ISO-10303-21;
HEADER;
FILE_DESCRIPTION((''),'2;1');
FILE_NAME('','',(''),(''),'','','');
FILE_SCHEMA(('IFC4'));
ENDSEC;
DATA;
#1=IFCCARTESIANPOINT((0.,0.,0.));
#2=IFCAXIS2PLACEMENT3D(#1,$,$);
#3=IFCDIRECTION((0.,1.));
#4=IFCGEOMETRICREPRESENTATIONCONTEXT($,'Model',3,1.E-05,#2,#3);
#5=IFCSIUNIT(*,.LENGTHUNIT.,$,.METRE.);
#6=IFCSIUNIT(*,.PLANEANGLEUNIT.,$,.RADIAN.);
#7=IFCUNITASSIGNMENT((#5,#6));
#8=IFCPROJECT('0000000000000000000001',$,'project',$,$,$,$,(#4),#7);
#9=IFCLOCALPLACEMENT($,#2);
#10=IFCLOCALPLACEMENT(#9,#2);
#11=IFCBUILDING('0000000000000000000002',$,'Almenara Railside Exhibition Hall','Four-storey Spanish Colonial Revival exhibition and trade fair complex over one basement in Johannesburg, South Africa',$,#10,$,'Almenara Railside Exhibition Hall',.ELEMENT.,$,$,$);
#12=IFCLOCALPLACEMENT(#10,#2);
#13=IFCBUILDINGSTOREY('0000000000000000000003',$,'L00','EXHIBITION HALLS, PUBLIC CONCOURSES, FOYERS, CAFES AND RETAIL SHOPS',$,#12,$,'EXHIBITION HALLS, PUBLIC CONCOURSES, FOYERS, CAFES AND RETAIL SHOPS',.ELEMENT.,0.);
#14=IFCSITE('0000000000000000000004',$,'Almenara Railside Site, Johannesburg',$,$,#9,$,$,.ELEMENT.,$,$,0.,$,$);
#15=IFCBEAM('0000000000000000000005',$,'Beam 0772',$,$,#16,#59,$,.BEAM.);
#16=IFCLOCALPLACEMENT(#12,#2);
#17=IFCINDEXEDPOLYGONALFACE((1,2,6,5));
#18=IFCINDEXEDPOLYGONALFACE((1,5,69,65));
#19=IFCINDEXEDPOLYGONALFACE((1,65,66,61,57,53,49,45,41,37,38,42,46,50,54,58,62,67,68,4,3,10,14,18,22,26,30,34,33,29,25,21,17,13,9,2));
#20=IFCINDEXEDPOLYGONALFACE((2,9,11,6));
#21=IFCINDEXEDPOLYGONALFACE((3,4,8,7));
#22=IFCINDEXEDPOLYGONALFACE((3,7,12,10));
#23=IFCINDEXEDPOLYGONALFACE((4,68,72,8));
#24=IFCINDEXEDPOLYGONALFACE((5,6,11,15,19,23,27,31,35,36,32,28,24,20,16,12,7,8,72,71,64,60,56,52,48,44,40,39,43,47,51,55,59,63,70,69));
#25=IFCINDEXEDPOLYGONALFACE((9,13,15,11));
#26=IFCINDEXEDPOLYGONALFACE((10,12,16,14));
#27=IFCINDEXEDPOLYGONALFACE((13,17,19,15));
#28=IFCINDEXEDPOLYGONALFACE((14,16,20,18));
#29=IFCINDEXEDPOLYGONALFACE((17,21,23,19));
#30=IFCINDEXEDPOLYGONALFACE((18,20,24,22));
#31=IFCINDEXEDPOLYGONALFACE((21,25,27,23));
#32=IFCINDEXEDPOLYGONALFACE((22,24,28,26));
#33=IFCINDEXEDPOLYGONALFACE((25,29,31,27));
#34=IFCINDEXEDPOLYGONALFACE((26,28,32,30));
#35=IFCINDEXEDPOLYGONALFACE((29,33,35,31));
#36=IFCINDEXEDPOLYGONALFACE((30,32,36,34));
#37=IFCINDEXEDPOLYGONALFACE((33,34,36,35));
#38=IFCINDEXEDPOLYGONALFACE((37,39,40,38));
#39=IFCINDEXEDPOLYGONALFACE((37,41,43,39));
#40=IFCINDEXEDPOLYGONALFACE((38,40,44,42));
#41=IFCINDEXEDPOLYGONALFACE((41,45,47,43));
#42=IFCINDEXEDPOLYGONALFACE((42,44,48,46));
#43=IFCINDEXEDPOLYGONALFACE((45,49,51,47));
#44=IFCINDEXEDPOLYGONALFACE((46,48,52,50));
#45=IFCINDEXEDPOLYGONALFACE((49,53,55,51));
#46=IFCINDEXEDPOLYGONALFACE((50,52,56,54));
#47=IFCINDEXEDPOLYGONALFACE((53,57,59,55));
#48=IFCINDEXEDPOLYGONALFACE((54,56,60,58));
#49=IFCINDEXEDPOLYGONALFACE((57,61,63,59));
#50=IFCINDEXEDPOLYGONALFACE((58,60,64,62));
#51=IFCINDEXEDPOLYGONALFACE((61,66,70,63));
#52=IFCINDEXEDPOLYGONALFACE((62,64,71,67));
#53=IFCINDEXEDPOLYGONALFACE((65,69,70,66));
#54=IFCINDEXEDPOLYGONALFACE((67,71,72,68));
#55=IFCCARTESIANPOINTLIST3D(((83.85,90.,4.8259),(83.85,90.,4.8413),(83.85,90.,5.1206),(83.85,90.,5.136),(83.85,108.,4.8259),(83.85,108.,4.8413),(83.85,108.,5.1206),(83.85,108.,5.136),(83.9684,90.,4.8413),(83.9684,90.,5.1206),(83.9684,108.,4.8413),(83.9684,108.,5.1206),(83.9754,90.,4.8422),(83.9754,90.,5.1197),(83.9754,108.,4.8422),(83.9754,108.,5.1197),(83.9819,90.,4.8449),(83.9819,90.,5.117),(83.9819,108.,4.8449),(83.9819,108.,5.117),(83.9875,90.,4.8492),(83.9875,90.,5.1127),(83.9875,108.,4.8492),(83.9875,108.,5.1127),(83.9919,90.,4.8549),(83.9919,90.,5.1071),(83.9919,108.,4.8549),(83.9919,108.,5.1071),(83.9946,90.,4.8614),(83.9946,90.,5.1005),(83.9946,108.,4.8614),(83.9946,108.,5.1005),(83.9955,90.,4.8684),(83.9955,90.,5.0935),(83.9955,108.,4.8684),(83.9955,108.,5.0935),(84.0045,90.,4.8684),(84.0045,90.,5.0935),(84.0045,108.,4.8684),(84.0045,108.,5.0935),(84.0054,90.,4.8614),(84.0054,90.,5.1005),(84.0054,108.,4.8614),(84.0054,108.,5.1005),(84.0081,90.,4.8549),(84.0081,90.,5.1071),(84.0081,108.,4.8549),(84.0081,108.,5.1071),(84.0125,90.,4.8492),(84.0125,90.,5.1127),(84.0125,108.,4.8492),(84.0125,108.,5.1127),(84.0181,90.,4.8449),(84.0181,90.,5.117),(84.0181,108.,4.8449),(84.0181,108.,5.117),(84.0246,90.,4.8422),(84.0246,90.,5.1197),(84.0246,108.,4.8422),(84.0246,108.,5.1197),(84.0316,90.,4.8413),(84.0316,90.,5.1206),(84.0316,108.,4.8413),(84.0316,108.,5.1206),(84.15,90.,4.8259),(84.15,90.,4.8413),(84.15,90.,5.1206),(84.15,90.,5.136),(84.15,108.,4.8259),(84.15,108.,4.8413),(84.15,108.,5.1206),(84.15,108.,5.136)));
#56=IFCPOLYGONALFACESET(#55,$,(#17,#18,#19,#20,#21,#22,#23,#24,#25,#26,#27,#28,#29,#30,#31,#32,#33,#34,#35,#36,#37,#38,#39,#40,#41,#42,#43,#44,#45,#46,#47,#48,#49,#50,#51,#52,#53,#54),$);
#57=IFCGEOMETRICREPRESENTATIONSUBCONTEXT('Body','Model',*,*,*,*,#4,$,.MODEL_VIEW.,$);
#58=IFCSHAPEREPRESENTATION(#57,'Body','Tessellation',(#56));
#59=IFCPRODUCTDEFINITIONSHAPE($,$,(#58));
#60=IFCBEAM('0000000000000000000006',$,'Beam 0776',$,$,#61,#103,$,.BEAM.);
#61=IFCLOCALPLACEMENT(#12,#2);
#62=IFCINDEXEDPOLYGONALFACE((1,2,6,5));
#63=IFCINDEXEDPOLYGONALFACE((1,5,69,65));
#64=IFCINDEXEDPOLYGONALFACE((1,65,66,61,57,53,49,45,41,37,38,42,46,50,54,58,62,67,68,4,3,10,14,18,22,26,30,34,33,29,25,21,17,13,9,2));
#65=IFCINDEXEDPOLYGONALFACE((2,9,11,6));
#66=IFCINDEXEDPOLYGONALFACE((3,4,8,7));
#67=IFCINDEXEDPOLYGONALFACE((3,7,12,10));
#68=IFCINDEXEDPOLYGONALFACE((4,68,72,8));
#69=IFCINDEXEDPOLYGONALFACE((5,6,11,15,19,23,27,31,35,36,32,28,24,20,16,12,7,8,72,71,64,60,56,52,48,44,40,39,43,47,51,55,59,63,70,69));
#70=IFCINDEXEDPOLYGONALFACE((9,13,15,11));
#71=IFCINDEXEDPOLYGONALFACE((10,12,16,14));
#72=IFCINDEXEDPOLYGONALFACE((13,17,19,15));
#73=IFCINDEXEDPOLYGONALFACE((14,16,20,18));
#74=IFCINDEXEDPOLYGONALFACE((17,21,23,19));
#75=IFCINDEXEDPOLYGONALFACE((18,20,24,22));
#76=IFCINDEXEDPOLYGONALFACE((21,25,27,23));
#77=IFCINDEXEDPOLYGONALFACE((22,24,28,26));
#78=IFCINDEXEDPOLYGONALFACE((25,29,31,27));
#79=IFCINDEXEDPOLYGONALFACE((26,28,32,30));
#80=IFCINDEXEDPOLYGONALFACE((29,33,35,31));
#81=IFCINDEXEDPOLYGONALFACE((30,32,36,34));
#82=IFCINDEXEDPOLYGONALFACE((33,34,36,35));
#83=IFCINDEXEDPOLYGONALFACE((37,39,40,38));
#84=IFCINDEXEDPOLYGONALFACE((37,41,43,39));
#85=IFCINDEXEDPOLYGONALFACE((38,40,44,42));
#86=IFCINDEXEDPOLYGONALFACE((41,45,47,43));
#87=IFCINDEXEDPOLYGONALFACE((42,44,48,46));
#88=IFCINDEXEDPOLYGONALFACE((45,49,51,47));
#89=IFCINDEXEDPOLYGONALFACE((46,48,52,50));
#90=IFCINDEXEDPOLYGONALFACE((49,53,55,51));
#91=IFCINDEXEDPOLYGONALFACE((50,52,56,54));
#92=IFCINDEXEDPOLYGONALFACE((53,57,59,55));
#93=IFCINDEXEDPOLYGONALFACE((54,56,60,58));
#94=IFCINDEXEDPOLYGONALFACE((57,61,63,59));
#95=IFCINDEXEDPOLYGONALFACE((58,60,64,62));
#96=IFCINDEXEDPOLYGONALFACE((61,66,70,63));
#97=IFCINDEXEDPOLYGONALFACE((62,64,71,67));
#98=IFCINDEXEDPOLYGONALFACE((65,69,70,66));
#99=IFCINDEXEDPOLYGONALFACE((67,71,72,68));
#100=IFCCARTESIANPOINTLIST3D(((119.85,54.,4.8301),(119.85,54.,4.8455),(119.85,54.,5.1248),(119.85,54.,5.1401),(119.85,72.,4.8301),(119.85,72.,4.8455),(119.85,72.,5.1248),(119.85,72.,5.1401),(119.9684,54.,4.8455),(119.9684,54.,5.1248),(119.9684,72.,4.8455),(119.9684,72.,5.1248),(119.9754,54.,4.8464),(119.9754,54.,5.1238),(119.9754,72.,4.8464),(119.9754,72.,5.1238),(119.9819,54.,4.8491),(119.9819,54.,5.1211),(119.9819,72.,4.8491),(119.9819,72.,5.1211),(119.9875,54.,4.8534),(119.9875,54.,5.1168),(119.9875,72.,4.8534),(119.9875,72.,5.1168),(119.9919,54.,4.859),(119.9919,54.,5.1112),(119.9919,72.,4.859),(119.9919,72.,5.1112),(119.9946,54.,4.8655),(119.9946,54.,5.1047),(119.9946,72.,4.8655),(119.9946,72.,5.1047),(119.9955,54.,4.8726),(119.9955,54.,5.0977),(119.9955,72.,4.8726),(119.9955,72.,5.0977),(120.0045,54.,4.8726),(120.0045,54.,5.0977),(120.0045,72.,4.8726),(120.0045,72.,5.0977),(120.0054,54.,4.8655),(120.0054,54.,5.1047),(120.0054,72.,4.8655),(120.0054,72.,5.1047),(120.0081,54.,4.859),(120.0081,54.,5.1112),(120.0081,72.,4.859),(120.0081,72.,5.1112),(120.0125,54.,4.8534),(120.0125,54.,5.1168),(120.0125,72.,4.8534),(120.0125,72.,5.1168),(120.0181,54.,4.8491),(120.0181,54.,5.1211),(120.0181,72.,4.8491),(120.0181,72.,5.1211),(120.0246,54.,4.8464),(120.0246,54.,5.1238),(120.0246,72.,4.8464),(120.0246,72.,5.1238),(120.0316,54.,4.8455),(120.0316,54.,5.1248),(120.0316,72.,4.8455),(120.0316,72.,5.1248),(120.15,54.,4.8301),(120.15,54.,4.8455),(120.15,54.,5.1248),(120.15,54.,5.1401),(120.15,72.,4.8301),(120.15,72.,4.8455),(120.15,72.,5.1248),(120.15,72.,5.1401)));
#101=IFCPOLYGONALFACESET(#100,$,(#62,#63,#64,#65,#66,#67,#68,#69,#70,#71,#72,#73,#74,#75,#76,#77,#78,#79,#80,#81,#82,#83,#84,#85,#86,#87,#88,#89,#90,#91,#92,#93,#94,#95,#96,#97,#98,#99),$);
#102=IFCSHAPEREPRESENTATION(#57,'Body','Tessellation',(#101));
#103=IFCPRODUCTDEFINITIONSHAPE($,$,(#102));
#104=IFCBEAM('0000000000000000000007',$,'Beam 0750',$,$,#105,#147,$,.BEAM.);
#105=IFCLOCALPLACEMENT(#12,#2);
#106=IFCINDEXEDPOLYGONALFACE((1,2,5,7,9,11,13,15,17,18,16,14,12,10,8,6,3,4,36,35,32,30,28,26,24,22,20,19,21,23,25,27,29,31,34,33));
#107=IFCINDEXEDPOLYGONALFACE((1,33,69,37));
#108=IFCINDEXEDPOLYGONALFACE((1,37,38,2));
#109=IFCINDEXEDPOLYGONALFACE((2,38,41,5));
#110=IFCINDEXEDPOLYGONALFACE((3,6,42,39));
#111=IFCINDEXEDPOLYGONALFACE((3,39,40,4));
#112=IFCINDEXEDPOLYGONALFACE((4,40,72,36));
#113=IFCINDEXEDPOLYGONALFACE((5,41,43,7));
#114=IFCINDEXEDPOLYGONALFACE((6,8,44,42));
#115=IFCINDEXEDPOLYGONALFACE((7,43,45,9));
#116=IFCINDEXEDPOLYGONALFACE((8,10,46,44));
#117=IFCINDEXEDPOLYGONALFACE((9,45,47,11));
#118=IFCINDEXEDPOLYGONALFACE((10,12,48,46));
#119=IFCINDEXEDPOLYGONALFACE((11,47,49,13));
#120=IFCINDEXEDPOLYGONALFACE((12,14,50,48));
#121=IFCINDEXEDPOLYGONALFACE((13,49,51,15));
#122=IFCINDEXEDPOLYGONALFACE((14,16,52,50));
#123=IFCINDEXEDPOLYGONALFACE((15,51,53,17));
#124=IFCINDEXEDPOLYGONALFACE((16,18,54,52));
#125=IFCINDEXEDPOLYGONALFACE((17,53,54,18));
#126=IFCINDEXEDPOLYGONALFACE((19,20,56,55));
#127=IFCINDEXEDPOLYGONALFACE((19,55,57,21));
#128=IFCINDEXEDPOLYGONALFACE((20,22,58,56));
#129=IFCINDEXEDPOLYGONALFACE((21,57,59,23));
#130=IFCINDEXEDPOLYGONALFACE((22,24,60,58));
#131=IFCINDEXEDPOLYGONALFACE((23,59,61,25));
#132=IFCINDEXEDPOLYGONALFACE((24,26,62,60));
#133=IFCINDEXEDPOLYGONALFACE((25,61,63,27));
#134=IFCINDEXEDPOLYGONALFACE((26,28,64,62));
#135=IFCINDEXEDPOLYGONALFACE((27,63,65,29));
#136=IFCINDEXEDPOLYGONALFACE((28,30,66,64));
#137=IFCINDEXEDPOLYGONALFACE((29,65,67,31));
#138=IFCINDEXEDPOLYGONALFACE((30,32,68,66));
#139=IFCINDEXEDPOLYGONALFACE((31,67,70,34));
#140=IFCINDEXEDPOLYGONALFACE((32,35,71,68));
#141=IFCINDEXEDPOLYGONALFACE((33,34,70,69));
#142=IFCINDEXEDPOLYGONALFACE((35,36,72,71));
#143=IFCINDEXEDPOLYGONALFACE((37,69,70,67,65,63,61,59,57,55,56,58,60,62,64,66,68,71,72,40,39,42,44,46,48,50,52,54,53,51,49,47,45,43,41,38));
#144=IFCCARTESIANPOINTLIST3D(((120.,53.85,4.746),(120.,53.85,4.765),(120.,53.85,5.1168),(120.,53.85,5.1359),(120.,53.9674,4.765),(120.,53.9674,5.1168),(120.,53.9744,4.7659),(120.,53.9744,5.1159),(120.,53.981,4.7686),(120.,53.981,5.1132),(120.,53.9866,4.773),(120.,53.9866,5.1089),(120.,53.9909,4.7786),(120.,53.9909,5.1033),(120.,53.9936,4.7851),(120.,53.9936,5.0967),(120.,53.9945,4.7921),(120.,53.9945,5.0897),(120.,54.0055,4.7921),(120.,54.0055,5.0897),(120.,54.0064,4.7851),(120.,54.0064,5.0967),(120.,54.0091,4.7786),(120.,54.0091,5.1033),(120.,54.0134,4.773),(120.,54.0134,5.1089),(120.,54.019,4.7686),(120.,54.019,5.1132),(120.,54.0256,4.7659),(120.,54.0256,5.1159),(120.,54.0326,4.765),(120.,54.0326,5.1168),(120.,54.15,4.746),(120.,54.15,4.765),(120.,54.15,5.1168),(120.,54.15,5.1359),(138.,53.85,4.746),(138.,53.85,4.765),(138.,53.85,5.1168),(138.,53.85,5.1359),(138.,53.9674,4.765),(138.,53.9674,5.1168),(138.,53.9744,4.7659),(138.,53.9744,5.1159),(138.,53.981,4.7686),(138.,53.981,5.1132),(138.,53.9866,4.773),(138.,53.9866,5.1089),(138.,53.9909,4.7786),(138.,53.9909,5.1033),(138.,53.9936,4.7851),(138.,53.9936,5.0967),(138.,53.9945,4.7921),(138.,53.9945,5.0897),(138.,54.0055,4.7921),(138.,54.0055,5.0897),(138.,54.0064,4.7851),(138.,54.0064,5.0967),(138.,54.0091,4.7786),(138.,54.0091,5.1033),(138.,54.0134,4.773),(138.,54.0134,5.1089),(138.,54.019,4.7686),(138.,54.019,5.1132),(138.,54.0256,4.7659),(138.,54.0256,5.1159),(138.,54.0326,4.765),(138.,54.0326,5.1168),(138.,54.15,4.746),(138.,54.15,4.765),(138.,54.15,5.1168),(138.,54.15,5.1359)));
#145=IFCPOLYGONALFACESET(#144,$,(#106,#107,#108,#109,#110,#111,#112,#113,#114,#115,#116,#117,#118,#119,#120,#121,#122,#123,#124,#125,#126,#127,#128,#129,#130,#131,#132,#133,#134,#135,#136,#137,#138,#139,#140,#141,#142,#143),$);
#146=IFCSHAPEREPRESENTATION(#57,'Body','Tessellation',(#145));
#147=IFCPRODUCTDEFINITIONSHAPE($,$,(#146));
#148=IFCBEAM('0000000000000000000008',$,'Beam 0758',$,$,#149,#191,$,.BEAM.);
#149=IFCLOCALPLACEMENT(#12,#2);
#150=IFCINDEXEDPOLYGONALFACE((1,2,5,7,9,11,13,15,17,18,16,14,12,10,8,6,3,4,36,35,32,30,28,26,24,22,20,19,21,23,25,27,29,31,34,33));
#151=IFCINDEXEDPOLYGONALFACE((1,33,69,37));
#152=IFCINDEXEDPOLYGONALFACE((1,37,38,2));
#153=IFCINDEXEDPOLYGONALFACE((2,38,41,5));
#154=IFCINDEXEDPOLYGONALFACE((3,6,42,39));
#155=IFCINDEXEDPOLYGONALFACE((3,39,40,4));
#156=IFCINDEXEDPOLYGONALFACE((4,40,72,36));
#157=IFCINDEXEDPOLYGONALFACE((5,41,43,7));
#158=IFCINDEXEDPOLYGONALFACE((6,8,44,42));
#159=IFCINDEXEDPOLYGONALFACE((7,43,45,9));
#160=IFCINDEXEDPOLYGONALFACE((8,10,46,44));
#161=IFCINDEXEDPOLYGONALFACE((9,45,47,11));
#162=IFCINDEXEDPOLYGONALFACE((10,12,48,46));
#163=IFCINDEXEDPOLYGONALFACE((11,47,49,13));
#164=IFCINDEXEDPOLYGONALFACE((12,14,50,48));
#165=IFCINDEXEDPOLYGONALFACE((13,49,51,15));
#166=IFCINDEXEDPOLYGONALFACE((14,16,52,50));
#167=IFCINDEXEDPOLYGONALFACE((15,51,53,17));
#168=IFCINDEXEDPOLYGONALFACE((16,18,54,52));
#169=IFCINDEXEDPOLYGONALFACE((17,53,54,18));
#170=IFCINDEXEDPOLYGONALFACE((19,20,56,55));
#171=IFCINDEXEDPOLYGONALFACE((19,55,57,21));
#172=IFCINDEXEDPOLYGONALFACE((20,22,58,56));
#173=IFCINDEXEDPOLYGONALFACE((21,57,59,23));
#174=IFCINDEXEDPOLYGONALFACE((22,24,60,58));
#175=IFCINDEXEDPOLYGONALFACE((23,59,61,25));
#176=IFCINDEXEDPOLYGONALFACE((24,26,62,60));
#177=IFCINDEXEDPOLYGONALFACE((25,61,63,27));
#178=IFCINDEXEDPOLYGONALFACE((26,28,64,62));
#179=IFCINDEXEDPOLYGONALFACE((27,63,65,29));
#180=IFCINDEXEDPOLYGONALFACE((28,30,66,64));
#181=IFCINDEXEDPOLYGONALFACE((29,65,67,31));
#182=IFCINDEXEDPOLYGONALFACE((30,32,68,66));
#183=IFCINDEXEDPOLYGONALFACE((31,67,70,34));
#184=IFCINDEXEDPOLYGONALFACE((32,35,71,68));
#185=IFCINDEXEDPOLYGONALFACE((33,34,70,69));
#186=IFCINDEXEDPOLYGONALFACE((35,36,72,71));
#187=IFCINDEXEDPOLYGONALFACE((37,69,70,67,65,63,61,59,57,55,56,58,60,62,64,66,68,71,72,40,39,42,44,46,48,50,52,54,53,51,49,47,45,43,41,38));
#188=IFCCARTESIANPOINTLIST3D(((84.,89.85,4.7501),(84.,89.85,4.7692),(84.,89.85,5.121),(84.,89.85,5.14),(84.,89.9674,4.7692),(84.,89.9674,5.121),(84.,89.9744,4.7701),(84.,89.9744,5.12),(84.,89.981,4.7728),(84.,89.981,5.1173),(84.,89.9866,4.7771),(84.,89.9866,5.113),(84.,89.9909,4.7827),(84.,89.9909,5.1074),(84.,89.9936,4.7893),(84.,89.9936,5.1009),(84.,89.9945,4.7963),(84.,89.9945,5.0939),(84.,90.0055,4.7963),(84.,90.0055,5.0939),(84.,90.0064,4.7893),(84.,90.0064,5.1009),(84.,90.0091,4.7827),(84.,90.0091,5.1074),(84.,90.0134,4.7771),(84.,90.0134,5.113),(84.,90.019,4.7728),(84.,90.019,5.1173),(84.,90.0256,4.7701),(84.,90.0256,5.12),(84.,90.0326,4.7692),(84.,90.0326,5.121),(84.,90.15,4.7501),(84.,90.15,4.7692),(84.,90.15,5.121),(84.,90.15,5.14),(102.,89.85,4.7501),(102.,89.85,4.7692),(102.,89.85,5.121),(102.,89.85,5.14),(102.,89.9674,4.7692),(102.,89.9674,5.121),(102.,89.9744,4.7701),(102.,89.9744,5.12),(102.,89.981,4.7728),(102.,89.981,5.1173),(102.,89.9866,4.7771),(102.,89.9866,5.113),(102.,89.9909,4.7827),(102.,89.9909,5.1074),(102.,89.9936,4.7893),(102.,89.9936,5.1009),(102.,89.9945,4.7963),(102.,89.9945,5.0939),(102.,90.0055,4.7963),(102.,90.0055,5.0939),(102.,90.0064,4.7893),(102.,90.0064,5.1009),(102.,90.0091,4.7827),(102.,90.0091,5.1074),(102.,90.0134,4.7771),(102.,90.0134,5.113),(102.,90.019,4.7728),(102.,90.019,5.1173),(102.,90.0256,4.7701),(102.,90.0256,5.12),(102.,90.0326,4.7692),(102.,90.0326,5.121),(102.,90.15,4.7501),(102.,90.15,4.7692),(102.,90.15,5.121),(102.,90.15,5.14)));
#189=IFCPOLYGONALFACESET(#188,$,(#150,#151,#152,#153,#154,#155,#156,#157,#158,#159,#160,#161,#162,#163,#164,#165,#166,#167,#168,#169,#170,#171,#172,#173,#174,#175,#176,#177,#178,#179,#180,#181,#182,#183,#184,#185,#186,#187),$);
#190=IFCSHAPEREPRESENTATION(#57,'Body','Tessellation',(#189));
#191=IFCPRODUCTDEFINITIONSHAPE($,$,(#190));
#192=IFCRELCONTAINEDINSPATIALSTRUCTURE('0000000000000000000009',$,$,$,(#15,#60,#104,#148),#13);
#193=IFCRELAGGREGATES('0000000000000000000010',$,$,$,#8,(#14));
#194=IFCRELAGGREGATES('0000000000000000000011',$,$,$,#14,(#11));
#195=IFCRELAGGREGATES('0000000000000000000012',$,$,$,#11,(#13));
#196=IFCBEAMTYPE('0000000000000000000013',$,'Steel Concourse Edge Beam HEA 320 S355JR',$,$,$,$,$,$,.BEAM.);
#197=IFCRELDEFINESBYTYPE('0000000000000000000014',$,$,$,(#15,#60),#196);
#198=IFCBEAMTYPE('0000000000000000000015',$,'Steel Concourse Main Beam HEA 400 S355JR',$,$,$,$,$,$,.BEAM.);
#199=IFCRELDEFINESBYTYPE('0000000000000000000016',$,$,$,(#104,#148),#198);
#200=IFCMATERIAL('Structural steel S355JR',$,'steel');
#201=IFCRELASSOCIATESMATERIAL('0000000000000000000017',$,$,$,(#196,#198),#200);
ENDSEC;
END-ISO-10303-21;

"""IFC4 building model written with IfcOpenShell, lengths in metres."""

from ifc_helpers import new_model, si_unit, direction, frame, origin, origin_2d, place, context, subcontext, project, spatial, i_section, extrude, material, material_profile, profile_set, type_object, element, save


model = new_model("IFC4")

# Units and contexts
model_context = context("Model", 3, precision=1e-05, world=origin(), true_north=direction((0.0, 1.0)))
body_context = subcontext(model_context, "Body", "Model", "MODEL_VIEW")
ifc_project = project(units=[si_unit("LENGTHUNIT", "METRE"), si_unit("PLANEANGLEUNIT", "RADIAN")], contexts=[model_context])

# Site, building, storey
site_placement = place(None, origin())
site = spatial("IfcSite", under=ifc_project, at=site_placement, Name="Almenara Railside Site, Johannesburg", CompositionType="ELEMENT", RefElevation=0.0)
building_placement = place(site_placement, origin())
building = spatial("IfcBuilding", under=site, at=building_placement, Name="Almenara Railside Exhibition Hall", Description="Four-storey Spanish Colonial Revival exhibition and trade fair complex over one basement in Johannesburg, South Africa", LongName="Almenara Railside Exhibition Hall", CompositionType="ELEMENT")
storey_placement = place(building_placement, origin())
storey = spatial("IfcBuildingStorey", under=building, at=storey_placement, Name="L00", Description="EXHIBITION HALLS, PUBLIC CONCOURSES, FOYERS, CAFES AND RETAIL SHOPS", LongName="EXHIBITION HALLS, PUBLIC CONCOURSES, FOYERS, CAFES AND RETAIL SHOPS", CompositionType="ELEMENT", Elevation=0.0)

# Beams
ifc_material_1 = material(Name="Structural steel S355JR", Category="steel")
ifc_material_profile_1 = material_profile(ifc_material_1, i_section(OverallWidth=0.3, OverallDepth=0.3101, WebThickness=0.009, FlangeThickness=0.0154, FilletRadius=0.0271, at=origin_2d()), Name="HEA 320")
ifc_profile_set_1 = profile_set([ifc_material_profile_1], Name="Structural steel S355JR")
beam_type_1 = type_object("IfcBeamType", Name="Steel Concourse Edge Beam HEA 320 S355JR", PredefinedType="BEAM", material=ifc_profile_set_1)
for number, where, z_axis, x_axis, name in (
    (1, (84.0, 90.0, 4.981), (0.0, 1.0, 0.0), (-1.0, 0.0, 0.0), "Beam 0772"),
    (2, (120.0, 54.0, 4.9851), (0.0, 1.0, 0.0), (-1.0, 0.0, 0.0), "Beam 0776"),
):
    element("IfcBeam", number, at=place(storey_placement, frame(where, z_axis=z_axis, x_axis=x_axis)), inside=storey, type_object=beam_type_1, Name=name, PredefinedType="BEAM", context=body_context, shape_type="SweptSolid", body=[
        extrude(i_section(OverallWidth=0.3, OverallDepth=0.3101, WebThickness=0.009, FlangeThickness=0.0154, FilletRadius=0.0271, at=origin_2d()), origin(), (0.0, 0.0, 1.0), 18.0),
    ])
ifc_material_profile_2 = material_profile(ifc_material_1, i_section(OverallWidth=0.3, OverallDepth=0.3899, WebThickness=0.011, FlangeThickness=0.019, FilletRadius=0.0271, at=origin_2d()), Name="HEA 400")
ifc_profile_set_2 = profile_set([ifc_material_profile_2], Name="Structural steel S355JR")
beam_type_2 = type_object("IfcBeamType", Name="Steel Concourse Main Beam HEA 400 S355JR", PredefinedType="BEAM", material=ifc_profile_set_2)
for number, where, z_axis, x_axis, name in (
    (3, (120.0, 54.0, 4.9409), (1.0, 0.0, 0.0), (0.0, 1.0, 0.0), "Beam 0750"),
    (4, (84.0, 90.0, 4.9451), (1.0, 0.0, 0.0), (0.0, 1.0, 0.0), "Beam 0758"),
):
    element("IfcBeam", number, at=place(storey_placement, frame(where, z_axis=z_axis, x_axis=x_axis)), inside=storey, type_object=beam_type_2, Name=name, PredefinedType="BEAM", context=body_context, shape_type="SweptSolid", body=[
        extrude(i_section(OverallWidth=0.3, OverallDepth=0.3899, WebThickness=0.011, FlangeThickness=0.019, FilletRadius=0.0271, at=origin_2d()), origin(), (0.0, 0.0, 1.0), 18.0),
    ])

save(model, "model.ifc")
